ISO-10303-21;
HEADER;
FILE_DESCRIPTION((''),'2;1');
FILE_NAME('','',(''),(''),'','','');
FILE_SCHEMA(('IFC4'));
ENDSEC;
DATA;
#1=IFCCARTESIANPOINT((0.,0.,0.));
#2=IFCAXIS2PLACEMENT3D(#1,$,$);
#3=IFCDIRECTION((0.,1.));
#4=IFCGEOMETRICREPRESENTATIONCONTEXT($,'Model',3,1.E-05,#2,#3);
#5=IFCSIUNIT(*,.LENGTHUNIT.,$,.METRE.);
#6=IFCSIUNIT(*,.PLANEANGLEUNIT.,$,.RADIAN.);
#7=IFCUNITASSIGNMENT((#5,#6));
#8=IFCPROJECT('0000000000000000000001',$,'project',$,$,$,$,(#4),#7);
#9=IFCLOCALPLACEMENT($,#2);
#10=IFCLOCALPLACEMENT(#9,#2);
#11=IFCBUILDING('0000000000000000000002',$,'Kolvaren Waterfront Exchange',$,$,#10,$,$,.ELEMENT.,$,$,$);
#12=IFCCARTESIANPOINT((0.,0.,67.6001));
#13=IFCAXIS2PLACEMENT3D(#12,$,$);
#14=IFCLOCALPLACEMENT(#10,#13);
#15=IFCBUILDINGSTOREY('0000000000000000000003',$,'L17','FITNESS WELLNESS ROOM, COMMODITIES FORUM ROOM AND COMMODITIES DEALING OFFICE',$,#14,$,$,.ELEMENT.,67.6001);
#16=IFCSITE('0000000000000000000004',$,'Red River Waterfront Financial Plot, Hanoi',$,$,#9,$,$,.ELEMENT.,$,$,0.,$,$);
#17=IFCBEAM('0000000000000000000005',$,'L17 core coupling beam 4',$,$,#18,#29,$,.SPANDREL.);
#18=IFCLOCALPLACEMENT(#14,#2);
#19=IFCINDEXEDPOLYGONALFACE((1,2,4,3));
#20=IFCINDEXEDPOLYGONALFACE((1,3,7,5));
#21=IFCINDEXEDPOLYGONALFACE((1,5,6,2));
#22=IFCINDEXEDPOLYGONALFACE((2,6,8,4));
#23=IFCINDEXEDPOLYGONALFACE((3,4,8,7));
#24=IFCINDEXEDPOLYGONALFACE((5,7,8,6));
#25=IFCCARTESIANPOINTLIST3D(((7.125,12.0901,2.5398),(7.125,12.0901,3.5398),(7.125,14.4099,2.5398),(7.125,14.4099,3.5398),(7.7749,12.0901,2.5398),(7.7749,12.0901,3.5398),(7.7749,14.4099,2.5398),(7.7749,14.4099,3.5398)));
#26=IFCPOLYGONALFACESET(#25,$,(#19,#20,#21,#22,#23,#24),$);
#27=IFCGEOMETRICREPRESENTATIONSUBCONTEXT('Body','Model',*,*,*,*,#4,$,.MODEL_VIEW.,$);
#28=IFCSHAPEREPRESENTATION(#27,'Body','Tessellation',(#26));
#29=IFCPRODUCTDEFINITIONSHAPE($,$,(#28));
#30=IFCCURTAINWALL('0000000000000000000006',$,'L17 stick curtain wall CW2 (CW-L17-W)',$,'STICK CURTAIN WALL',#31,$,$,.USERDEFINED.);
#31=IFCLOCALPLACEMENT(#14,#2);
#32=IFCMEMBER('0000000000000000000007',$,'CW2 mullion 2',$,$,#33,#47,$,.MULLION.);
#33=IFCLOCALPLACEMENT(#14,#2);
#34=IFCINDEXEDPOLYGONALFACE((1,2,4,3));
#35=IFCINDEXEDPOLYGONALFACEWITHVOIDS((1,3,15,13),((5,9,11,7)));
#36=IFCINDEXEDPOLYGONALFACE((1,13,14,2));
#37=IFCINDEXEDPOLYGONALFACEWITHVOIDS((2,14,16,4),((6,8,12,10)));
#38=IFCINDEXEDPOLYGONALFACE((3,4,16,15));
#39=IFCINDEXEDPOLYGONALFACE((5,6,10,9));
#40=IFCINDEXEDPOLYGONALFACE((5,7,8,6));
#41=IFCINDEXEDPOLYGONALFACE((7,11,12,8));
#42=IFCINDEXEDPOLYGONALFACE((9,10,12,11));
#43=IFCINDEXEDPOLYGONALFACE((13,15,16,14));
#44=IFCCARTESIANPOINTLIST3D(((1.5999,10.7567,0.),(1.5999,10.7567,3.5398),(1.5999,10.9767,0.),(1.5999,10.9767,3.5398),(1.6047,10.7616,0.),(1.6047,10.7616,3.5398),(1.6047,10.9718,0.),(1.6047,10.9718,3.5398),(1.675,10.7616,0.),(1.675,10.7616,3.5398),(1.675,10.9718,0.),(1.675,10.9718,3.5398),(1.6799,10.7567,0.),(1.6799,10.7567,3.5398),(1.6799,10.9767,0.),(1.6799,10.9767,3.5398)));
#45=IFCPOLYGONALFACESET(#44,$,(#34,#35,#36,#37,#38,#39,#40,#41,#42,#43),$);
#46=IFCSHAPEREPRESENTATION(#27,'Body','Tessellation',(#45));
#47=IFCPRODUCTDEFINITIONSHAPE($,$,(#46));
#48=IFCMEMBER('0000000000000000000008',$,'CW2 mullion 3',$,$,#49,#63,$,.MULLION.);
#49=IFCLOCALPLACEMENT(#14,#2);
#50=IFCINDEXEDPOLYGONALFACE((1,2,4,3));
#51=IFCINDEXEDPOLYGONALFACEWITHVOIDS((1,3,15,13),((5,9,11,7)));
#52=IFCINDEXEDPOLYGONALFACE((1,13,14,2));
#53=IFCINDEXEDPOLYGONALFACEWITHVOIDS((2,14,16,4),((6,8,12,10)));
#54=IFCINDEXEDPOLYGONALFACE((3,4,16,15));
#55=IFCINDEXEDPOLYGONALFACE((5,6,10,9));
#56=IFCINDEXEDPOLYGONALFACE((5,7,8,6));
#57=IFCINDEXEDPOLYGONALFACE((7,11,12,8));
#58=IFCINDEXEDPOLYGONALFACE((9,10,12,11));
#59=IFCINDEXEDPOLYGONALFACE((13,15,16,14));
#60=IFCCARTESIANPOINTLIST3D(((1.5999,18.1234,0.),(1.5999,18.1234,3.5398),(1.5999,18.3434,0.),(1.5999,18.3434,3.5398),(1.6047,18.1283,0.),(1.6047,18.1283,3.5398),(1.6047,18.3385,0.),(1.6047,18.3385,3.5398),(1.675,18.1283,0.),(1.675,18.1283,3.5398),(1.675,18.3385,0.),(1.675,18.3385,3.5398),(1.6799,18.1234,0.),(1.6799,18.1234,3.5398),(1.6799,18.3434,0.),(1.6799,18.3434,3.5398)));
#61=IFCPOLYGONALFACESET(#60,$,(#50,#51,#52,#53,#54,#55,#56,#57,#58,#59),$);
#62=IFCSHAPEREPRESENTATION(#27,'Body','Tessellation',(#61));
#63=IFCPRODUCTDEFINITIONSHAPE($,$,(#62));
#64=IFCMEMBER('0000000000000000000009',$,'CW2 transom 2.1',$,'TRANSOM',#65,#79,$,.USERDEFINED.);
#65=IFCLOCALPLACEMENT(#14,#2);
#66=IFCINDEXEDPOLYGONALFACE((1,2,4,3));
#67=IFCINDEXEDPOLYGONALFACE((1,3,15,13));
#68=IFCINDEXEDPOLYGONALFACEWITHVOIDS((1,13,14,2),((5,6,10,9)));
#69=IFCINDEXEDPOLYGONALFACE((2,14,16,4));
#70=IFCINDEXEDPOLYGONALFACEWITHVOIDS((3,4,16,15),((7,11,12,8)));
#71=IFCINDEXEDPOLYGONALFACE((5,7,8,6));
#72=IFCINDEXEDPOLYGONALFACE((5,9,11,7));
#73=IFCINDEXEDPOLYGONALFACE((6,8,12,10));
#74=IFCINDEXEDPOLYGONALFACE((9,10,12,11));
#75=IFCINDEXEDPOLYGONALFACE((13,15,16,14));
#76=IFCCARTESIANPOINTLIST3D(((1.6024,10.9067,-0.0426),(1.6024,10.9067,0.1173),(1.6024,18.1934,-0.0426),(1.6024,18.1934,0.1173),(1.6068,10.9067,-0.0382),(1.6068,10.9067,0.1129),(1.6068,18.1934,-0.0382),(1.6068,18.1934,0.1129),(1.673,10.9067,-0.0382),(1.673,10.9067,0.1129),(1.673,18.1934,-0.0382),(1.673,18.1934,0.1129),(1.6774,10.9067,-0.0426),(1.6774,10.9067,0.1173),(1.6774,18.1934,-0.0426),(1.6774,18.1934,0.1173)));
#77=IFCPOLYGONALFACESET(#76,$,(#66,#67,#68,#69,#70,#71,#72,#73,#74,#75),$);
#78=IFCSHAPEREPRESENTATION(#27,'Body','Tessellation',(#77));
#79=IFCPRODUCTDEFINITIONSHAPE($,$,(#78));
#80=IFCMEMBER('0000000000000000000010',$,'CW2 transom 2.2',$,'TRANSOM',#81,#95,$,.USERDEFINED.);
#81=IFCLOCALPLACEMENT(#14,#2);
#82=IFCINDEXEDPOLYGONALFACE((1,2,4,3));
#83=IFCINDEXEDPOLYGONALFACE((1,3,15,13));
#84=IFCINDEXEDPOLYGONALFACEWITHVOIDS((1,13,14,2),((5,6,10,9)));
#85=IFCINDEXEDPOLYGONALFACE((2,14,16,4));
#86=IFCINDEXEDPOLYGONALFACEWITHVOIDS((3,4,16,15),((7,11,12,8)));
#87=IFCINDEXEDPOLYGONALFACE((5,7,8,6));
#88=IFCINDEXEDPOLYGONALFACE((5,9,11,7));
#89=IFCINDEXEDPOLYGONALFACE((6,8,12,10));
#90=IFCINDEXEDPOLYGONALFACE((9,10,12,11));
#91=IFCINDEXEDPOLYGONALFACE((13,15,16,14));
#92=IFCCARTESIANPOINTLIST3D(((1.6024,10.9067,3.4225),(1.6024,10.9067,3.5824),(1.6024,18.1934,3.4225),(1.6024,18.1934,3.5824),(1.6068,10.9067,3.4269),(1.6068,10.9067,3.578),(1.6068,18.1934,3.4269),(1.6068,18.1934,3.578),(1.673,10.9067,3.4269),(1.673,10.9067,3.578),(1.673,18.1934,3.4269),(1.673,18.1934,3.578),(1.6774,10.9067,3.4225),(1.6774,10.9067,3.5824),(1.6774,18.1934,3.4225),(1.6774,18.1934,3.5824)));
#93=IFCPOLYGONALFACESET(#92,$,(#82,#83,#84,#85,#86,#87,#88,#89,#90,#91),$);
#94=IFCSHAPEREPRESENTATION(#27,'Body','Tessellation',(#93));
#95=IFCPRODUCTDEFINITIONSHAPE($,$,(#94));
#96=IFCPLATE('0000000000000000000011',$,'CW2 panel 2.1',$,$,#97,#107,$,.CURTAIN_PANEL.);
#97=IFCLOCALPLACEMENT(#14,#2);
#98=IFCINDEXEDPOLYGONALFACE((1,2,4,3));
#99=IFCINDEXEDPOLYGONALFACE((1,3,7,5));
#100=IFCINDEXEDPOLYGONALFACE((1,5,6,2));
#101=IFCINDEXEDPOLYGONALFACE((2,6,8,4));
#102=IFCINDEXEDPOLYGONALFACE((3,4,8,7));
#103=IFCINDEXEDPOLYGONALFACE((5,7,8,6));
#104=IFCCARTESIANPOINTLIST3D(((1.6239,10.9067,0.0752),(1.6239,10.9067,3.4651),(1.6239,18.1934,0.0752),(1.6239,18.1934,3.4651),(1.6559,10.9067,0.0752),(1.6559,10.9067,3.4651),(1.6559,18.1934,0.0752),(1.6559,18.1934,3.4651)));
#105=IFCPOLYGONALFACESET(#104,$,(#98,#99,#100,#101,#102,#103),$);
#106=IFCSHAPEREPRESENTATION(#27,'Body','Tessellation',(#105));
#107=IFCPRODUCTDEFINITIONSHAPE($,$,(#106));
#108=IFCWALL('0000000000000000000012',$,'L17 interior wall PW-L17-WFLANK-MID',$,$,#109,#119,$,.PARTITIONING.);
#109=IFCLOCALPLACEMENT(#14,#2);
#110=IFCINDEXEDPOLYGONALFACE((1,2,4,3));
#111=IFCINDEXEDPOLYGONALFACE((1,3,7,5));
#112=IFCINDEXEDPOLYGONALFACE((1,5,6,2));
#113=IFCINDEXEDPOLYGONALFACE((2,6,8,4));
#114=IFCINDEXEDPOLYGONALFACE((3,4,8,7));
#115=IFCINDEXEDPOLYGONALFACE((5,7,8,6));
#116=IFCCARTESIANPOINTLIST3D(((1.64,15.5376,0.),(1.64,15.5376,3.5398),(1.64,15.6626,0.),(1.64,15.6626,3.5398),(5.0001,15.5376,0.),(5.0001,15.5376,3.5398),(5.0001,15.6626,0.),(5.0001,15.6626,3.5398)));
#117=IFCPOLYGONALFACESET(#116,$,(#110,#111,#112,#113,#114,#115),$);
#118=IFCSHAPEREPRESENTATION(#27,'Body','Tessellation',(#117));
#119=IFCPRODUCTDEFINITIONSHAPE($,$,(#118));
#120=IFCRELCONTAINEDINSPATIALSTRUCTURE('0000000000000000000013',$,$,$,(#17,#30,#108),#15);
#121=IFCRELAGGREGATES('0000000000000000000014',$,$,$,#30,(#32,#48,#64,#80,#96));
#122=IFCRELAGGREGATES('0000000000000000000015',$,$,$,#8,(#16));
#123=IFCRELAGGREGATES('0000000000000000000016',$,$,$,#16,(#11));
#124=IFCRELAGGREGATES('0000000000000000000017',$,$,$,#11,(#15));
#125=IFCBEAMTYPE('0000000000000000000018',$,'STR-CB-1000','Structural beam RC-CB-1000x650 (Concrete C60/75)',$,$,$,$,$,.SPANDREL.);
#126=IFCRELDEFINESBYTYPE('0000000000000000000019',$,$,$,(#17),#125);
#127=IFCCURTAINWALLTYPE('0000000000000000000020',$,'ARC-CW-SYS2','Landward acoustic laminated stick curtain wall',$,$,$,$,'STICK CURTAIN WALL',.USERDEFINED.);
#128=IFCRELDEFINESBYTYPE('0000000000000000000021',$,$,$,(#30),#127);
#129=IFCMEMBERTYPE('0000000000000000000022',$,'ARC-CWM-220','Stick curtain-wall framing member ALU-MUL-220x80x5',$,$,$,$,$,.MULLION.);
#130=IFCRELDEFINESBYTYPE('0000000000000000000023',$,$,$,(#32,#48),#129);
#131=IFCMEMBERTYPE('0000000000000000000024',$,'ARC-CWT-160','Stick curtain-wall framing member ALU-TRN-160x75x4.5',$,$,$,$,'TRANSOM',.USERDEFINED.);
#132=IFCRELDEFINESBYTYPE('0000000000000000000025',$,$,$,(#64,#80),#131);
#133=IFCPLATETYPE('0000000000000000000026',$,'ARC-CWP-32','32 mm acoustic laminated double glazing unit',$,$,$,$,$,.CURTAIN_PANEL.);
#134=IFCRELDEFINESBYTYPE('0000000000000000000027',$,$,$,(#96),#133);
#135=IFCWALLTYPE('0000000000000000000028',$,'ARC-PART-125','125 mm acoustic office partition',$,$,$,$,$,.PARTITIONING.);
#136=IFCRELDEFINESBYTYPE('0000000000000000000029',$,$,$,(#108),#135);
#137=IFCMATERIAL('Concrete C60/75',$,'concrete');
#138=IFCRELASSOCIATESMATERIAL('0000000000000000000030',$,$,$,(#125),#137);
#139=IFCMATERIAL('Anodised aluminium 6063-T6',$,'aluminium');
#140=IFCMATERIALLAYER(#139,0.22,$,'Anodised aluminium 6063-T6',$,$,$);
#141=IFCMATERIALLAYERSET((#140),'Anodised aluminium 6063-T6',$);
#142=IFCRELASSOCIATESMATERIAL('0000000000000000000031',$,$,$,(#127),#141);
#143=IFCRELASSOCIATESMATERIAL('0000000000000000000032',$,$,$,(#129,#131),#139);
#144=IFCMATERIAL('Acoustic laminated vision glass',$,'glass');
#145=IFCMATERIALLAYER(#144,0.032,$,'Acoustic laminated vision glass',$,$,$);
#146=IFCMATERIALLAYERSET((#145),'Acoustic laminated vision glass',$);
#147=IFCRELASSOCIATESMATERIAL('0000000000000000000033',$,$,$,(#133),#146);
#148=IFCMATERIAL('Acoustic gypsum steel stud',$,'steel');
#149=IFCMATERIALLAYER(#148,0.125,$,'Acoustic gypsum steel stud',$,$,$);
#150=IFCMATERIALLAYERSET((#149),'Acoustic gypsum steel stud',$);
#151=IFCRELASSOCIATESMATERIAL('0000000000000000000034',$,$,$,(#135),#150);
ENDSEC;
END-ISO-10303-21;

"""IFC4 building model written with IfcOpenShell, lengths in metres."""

from ifc_helpers import new_model, si_unit, direction, frame, frame_2d, origin, origin_with_axes, origin_2d, place, context, subcontext, project, spatial, rectangle, hollow_rectangle, extrude, source, transform, mapped, material, layer, layer_set, material_profile, profile_set, type_object, element, aggregate, save


model = new_model("IFC4")

# Units and contexts
model_context = context("Model", 3, precision=1e-05, world=origin(), true_north=direction((0.0, 1.0)))
body_context = subcontext(model_context, "Body", "Model", "MODEL_VIEW")
ifc_project = project(units=[si_unit("LENGTHUNIT", "METRE"), si_unit("PLANEANGLEUNIT", "RADIAN")], contexts=[model_context])

# Site, building, storey
site_placement = place(None, origin())
site = spatial("IfcSite", under=ifc_project, at=site_placement, Name="Red River Waterfront Financial Plot, Hanoi", CompositionType="ELEMENT", RefElevation=0.0)
building_placement = place(site_placement, origin())
building = spatial("IfcBuilding", under=site, at=building_placement, Name="Kolvaren Waterfront Exchange", CompositionType="ELEMENT")
storey_placement = place(building_placement, frame((0.0, 0.0, 67.6001)))
storey = spatial("IfcBuildingStorey", under=building, at=storey_placement, Name="L17", Description="FITNESS WELLNESS ROOM, COMMODITIES FORUM ROOM AND COMMODITIES DEALING OFFICE", CompositionType="ELEMENT", Elevation=67.6001)

# Beam
ifc_material_1 = material(Name="Concrete C60/75", Category="concrete")
ifc_material_profile_1 = material_profile(ifc_material_1, rectangle(XDim=0.6499, YDim=1.0, at=origin_2d()), Name="RC-CB-1000x650")
ifc_profile_set_1 = profile_set([ifc_material_profile_1], Name="Concrete C60/75")
beam_type = type_object("IfcBeamType", Name="STR-CB-1000", Description="Structural beam RC-CB-1000x650 (Concrete C60/75)", PredefinedType="SPANDREL", material=ifc_profile_set_1)
beam_placement = place(storey_placement, frame((7.45, 12.0901, 3.0398), z_axis=(0.0, 1.0, 0.0), x_axis=(-1.0, 0.0, 0.0)))
element("IfcBeam", 1, at=beam_placement, inside=storey, type_object=beam_type, Name="L17 core coupling beam 4", PredefinedType="SPANDREL", context=body_context, shape_type="SweptSolid", body=[
    extrude(rectangle(XDim=0.6499, YDim=1.0, at=origin_2d()), origin(), (0.0, 0.0, 1.0), 2.3198),
])

# Curtain wall, members, plate
ifc_material_2 = material(Name="Anodised aluminium 6063-T6", Category="aluminium")
ifc_layer_1 = layer(ifc_material_2, 0.22, Name="Anodised aluminium 6063-T6")
ifc_layer_set_1 = layer_set([ifc_layer_1], Name="Anodised aluminium 6063-T6")
curtain_wall_type = type_object("IfcCurtainWallType", Name="ARC-CW-SYS2", Description="Landward acoustic laminated stick curtain wall", ElementType="STICK CURTAIN WALL", PredefinedType="USERDEFINED", material=ifc_layer_set_1)
curtain_wall_placement = place(storey_placement, origin())
curtain_wall = element("IfcCurtainWall", 2, at=curtain_wall_placement, inside=storey, type_object=curtain_wall_type, Name="L17 stick curtain wall CW2 (CW-L17-W)", ObjectType="STICK CURTAIN WALL", PredefinedType="USERDEFINED")
ifc_material_profile_2 = material_profile(ifc_material_2, hollow_rectangle(XDim=0.0801, YDim=0.22, WallThickness=0.0049, at=origin_2d()), Name="ALU-MUL-220x80x5")
ifc_profile_set_2 = profile_set([ifc_material_profile_2], Name="Anodised aluminium 6063-T6")
member_type_1 = type_object("IfcMemberType", Name="ARC-CWM-220", Description="Stick curtain-wall framing member ALU-MUL-220x80x5", PredefinedType="MULLION", material=ifc_profile_set_2)
shared_shape_1 = source(origin_with_axes(), body_context, "Body", "SweptSolid", [
    extrude(hollow_rectangle(XDim=0.0801, YDim=0.22, WallThickness=0.0049, at=origin_2d()), origin(), (0.0, 0.0, 1.0), 3.5398),
])
member_1_placement = place(storey_placement, frame((1.6399, 10.8667, 0.0), z_axis=(0.0, 0.0, 1.0), x_axis=(-1.0, 0.0, 0.0)))
member_1 = element("IfcMember", 3, at=member_1_placement, type_object=member_type_1, Name="CW2 mullion 2", PredefinedType="MULLION", context=body_context, shape_type="MappedRepresentation", body=[
    mapped(shared_shape_1, transform((0.0, 0.0, 0.0), x_axis=(1.0, 0.0, 0.0), y_axis=(0.0, 1.0, 0.0), z_axis=(0.0, 0.0, 1.0), scale=1.0)),
])
member_2_placement = place(storey_placement, frame((1.6399, 18.2334, 0.0), z_axis=(0.0, 0.0, 1.0), x_axis=(-1.0, 0.0, 0.0)))
member_2 = element("IfcMember", 4, at=member_2_placement, type_object=member_type_1, Name="CW2 mullion 3", PredefinedType="MULLION", context=body_context, shape_type="MappedRepresentation", body=[
    mapped(shared_shape_1, transform((0.0, 0.0, 0.0), x_axis=(1.0, 0.0, 0.0), y_axis=(0.0, 1.0, 0.0), z_axis=(0.0, 0.0, 1.0), scale=1.0)),
])
ifc_material_profile_3 = material_profile(ifc_material_2, hollow_rectangle(XDim=0.075, YDim=0.1599, WallThickness=0.0044, at=origin_2d()), Name="ALU-TRN-160x75x4.5")
ifc_profile_set_3 = profile_set([ifc_material_profile_3], Name="Anodised aluminium 6063-T6")
member_type_2 = type_object("IfcMemberType", Name="ARC-CWT-160", Description="Stick curtain-wall framing member ALU-TRN-160x75x4.5", ElementType="TRANSOM", PredefinedType="USERDEFINED", material=ifc_profile_set_3)
shared_shape_2 = source(origin_with_axes(), body_context, "Body", "SweptSolid", [
    extrude(hollow_rectangle(XDim=0.075, YDim=0.1599, WallThickness=0.0044, at=origin_2d()), origin(), (0.0, 0.0, 1.0), 7.2866),
])
member_3_placement = place(storey_placement, frame((1.6399, 10.9067, 0.0374), z_axis=(0.0, 1.0, 0.0), x_axis=(-1.0, 0.0, 0.0)))
member_3 = element("IfcMember", 5, at=member_3_placement, type_object=member_type_2, Name="CW2 transom 2.1", ObjectType="TRANSOM", PredefinedType="USERDEFINED", context=body_context, shape_type="MappedRepresentation", body=[
    mapped(shared_shape_2, transform((0.0, 0.0, 0.0), x_axis=(1.0, 0.0, 0.0), y_axis=(0.0, 1.0, 0.0), z_axis=(0.0, 0.0, 1.0), scale=1.0)),
])
member_4_placement = place(storey_placement, frame((1.6399, 10.9067, 3.5024), z_axis=(0.0, 1.0, 0.0), x_axis=(-1.0, 0.0, 0.0)))
member_4 = element("IfcMember", 6, at=member_4_placement, type_object=member_type_2, Name="CW2 transom 2.2", ObjectType="TRANSOM", PredefinedType="USERDEFINED", context=body_context, shape_type="MappedRepresentation", body=[
    mapped(shared_shape_2, transform((0.0, 0.0, 0.0), x_axis=(1.0, 0.0, 0.0), y_axis=(0.0, 1.0, 0.0), z_axis=(0.0, 0.0, 1.0), scale=1.0)),
])
ifc_material_3 = material(Name="Acoustic laminated vision glass", Category="glass")
ifc_layer_2 = layer(ifc_material_3, 0.032, Name="Acoustic laminated vision glass")
ifc_layer_set_2 = layer_set([ifc_layer_2], Name="Acoustic laminated vision glass")
plate_type = type_object("IfcPlateType", Name="ARC-CWP-32", Description="32 mm acoustic laminated double glazing unit", PredefinedType="CURTAIN_PANEL", material=ifc_layer_set_2)
shared_shape_3 = source(origin_with_axes(), body_context, "Body", "SweptSolid", [
    extrude(rectangle(XDim=7.2866, YDim=0.032, at=origin_2d()), origin(), (0.0, 0.0, 1.0), 3.3899),
])
plate_placement = place(storey_placement, frame((1.6399, 14.55, 0.0752), z_axis=(0.0, 0.0, 1.0), x_axis=(0.0, 1.0, 0.0)))
plate = element("IfcPlate", 7, at=plate_placement, type_object=plate_type, Name="CW2 panel 2.1", PredefinedType="CURTAIN_PANEL", context=body_context, shape_type="MappedRepresentation", body=[
    mapped(shared_shape_3, transform((0.0, 0.0, 0.0), x_axis=(1.0, 0.0, 0.0), y_axis=(0.0, 1.0, 0.0), z_axis=(0.0, 0.0, 1.0), scale=1.0)),
])
aggregate(curtain_wall, [member_1, member_2, member_3, member_4, plate])

# Wall
ifc_material_4 = material(Name="Acoustic gypsum steel stud", Category="steel")
ifc_layer_3 = layer(ifc_material_4, 0.125, Name="Acoustic gypsum steel stud")
ifc_layer_set_3 = layer_set([ifc_layer_3], Name="Acoustic gypsum steel stud")
wall_type_1 = type_object("IfcWallType", Name="ARC-PART-125", Description="125 mm acoustic office partition", PredefinedType="PARTITIONING", material=ifc_layer_set_3)
wall_1_placement = place(storey_placement, frame((1.6399, 15.6001, 0.0), z_axis=(0.0, 0.0, 1.0), x_axis=(1.0, 0.0, 0.0)))
element("IfcWall", 8, at=wall_1_placement, inside=storey, type_object=wall_type_1, Name="L17 interior wall PW-L17-WFLANK-MID", PredefinedType="PARTITIONING", context=body_context, shape_type="SweptSolid", body=[
    extrude(rectangle(XDim=3.3601, YDim=0.125, at=frame_2d((1.6802, 0.0))), origin(), (0.0, 0.0, 1.0), 3.5398),
])

save(model, "model.ifc")
